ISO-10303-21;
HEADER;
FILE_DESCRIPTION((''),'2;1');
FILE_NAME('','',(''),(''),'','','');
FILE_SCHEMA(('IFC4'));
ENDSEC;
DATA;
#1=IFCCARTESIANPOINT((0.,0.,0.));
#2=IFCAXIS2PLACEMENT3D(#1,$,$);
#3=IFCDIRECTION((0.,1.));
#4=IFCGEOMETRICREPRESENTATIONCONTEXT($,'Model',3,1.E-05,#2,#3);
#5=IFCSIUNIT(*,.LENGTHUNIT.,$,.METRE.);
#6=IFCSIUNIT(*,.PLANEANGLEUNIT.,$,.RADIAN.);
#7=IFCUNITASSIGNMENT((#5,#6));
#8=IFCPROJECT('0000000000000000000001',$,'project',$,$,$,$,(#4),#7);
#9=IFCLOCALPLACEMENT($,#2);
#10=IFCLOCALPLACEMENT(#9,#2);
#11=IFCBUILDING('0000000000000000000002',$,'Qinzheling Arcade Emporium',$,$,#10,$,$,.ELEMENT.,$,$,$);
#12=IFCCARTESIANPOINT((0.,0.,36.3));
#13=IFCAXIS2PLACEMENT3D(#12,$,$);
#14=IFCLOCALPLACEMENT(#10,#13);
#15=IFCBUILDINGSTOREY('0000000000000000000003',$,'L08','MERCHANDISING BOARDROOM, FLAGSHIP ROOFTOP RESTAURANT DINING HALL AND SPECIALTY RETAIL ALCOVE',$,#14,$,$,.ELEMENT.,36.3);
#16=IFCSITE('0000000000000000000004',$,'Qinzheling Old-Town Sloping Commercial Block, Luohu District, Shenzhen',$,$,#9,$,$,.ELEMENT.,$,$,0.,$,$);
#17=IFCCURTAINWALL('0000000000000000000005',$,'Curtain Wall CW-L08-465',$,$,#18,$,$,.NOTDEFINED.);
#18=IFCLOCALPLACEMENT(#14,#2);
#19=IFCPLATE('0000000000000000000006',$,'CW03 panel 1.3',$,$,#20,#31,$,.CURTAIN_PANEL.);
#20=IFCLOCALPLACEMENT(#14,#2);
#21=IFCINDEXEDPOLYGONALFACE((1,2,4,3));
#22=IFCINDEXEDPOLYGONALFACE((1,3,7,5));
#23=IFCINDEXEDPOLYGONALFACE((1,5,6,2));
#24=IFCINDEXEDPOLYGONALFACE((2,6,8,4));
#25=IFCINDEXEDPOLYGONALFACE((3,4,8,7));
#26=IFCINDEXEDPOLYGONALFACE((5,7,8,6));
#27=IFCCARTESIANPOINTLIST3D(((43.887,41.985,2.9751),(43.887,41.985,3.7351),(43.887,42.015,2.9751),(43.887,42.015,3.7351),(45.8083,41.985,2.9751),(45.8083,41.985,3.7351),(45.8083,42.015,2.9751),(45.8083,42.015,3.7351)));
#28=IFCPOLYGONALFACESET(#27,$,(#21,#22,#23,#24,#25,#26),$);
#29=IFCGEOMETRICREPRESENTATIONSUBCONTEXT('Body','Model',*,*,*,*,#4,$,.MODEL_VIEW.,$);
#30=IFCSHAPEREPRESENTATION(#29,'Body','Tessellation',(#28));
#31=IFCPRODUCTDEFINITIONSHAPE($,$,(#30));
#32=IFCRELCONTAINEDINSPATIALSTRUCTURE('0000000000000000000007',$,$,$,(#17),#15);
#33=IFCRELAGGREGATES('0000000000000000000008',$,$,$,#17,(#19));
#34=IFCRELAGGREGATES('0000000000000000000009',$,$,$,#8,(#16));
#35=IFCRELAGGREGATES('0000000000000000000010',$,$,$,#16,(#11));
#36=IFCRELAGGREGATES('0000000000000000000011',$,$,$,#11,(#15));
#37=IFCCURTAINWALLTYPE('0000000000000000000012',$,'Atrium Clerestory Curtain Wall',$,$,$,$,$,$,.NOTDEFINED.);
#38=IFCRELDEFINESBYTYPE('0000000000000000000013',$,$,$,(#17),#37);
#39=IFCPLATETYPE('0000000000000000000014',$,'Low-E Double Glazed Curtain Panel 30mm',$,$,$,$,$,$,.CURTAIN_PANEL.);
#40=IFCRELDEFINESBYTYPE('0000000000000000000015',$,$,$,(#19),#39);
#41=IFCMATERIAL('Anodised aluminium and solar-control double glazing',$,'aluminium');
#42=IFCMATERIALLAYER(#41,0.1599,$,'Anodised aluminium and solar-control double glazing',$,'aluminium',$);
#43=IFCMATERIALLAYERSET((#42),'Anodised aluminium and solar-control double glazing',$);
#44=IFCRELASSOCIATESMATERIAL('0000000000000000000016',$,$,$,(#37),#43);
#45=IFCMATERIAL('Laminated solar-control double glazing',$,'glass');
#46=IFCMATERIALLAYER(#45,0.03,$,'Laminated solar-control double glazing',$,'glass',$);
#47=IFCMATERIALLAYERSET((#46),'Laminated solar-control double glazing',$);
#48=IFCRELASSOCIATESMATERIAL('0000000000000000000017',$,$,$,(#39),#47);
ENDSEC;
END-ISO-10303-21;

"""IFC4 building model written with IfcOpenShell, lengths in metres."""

from ifc_helpers import new_model, si_unit, direction, frame, origin, origin_2d, place, context, subcontext, project, spatial, rectangle, extrude, material, layer, layer_set, type_object, element, aggregate, save


model = new_model("IFC4")

# Units and contexts
model_context = context("Model", 3, precision=1e-05, world=origin(), true_north=direction((0.0, 1.0)))
body_context = subcontext(model_context, "Body", "Model", "MODEL_VIEW")
ifc_project = project(units=[si_unit("LENGTHUNIT", "METRE"), si_unit("PLANEANGLEUNIT", "RADIAN")], contexts=[model_context])

# Site, building, storey
site_placement = place(None, origin())
site = spatial("IfcSite", under=ifc_project, at=site_placement, Name="Qinzheling Old-Town Sloping Commercial Block, Luohu District, Shenzhen", CompositionType="ELEMENT", RefElevation=0.0)
building_placement = place(site_placement, origin())
building = spatial("IfcBuilding", under=site, at=building_placement, Name="Qinzheling Arcade Emporium", CompositionType="ELEMENT")
storey_placement = place(building_placement, frame((0.0, 0.0, 36.3)))
storey = spatial("IfcBuildingStorey", under=building, at=storey_placement, Name="L08", Description="MERCHANDISING BOARDROOM, FLAGSHIP ROOFTOP RESTAURANT DINING HALL AND SPECIALTY RETAIL ALCOVE", CompositionType="ELEMENT", Elevation=36.3)

# Curtain wall
ifc_material_1 = material(Name="Anodised aluminium and solar-control double glazing", Category="aluminium")
ifc_layer_1 = layer(ifc_material_1, 0.1599, Name="Anodised aluminium and solar-control double glazing", Category="aluminium")
ifc_layer_set_1 = layer_set([ifc_layer_1], Name="Anodised aluminium and solar-control double glazing")
curtain_wall_type = type_object("IfcCurtainWallType", Name="Atrium Clerestory Curtain Wall", PredefinedType="NOTDEFINED", material=ifc_layer_set_1)
curtain_wall_1_placement = place(storey_placement, origin())
curtain_wall_1 = element("IfcCurtainWall", 1, at=curtain_wall_1_placement, inside=storey, type_object=curtain_wall_type, Name="Curtain Wall CW-L08-465", PredefinedType="NOTDEFINED")

# Plate
ifc_material_2 = material(Name="Laminated solar-control double glazing", Category="glass")
ifc_layer_2 = layer(ifc_material_2, 0.03, Name="Laminated solar-control double glazing", Category="glass")
ifc_layer_set_2 = layer_set([ifc_layer_2], Name="Laminated solar-control double glazing")
plate_type_1 = type_object("IfcPlateType", Name="Low-E Double Glazed Curtain Panel 30mm", PredefinedType="CURTAIN_PANEL", material=ifc_layer_set_2)
plate_1_placement = place(storey_placement, frame((44.8477, 42.0, 2.9751), z_axis=(0.0, 0.0, 1.0), x_axis=(1.0, 0.0, 0.0)))
plate_1 = element("IfcPlate", 2, at=plate_1_placement, type_object=plate_type_1, Name="CW03 panel 1.3", PredefinedType="CURTAIN_PANEL", context=body_context, shape_type="SweptSolid", body=[
    extrude(rectangle(XDim=1.9214, YDim=0.03, at=origin_2d()), origin(), (0.0, 0.0, 1.0), 0.76),
])
aggregate(curtain_wall_1, [plate_1])

save(model, "model.ifc")
